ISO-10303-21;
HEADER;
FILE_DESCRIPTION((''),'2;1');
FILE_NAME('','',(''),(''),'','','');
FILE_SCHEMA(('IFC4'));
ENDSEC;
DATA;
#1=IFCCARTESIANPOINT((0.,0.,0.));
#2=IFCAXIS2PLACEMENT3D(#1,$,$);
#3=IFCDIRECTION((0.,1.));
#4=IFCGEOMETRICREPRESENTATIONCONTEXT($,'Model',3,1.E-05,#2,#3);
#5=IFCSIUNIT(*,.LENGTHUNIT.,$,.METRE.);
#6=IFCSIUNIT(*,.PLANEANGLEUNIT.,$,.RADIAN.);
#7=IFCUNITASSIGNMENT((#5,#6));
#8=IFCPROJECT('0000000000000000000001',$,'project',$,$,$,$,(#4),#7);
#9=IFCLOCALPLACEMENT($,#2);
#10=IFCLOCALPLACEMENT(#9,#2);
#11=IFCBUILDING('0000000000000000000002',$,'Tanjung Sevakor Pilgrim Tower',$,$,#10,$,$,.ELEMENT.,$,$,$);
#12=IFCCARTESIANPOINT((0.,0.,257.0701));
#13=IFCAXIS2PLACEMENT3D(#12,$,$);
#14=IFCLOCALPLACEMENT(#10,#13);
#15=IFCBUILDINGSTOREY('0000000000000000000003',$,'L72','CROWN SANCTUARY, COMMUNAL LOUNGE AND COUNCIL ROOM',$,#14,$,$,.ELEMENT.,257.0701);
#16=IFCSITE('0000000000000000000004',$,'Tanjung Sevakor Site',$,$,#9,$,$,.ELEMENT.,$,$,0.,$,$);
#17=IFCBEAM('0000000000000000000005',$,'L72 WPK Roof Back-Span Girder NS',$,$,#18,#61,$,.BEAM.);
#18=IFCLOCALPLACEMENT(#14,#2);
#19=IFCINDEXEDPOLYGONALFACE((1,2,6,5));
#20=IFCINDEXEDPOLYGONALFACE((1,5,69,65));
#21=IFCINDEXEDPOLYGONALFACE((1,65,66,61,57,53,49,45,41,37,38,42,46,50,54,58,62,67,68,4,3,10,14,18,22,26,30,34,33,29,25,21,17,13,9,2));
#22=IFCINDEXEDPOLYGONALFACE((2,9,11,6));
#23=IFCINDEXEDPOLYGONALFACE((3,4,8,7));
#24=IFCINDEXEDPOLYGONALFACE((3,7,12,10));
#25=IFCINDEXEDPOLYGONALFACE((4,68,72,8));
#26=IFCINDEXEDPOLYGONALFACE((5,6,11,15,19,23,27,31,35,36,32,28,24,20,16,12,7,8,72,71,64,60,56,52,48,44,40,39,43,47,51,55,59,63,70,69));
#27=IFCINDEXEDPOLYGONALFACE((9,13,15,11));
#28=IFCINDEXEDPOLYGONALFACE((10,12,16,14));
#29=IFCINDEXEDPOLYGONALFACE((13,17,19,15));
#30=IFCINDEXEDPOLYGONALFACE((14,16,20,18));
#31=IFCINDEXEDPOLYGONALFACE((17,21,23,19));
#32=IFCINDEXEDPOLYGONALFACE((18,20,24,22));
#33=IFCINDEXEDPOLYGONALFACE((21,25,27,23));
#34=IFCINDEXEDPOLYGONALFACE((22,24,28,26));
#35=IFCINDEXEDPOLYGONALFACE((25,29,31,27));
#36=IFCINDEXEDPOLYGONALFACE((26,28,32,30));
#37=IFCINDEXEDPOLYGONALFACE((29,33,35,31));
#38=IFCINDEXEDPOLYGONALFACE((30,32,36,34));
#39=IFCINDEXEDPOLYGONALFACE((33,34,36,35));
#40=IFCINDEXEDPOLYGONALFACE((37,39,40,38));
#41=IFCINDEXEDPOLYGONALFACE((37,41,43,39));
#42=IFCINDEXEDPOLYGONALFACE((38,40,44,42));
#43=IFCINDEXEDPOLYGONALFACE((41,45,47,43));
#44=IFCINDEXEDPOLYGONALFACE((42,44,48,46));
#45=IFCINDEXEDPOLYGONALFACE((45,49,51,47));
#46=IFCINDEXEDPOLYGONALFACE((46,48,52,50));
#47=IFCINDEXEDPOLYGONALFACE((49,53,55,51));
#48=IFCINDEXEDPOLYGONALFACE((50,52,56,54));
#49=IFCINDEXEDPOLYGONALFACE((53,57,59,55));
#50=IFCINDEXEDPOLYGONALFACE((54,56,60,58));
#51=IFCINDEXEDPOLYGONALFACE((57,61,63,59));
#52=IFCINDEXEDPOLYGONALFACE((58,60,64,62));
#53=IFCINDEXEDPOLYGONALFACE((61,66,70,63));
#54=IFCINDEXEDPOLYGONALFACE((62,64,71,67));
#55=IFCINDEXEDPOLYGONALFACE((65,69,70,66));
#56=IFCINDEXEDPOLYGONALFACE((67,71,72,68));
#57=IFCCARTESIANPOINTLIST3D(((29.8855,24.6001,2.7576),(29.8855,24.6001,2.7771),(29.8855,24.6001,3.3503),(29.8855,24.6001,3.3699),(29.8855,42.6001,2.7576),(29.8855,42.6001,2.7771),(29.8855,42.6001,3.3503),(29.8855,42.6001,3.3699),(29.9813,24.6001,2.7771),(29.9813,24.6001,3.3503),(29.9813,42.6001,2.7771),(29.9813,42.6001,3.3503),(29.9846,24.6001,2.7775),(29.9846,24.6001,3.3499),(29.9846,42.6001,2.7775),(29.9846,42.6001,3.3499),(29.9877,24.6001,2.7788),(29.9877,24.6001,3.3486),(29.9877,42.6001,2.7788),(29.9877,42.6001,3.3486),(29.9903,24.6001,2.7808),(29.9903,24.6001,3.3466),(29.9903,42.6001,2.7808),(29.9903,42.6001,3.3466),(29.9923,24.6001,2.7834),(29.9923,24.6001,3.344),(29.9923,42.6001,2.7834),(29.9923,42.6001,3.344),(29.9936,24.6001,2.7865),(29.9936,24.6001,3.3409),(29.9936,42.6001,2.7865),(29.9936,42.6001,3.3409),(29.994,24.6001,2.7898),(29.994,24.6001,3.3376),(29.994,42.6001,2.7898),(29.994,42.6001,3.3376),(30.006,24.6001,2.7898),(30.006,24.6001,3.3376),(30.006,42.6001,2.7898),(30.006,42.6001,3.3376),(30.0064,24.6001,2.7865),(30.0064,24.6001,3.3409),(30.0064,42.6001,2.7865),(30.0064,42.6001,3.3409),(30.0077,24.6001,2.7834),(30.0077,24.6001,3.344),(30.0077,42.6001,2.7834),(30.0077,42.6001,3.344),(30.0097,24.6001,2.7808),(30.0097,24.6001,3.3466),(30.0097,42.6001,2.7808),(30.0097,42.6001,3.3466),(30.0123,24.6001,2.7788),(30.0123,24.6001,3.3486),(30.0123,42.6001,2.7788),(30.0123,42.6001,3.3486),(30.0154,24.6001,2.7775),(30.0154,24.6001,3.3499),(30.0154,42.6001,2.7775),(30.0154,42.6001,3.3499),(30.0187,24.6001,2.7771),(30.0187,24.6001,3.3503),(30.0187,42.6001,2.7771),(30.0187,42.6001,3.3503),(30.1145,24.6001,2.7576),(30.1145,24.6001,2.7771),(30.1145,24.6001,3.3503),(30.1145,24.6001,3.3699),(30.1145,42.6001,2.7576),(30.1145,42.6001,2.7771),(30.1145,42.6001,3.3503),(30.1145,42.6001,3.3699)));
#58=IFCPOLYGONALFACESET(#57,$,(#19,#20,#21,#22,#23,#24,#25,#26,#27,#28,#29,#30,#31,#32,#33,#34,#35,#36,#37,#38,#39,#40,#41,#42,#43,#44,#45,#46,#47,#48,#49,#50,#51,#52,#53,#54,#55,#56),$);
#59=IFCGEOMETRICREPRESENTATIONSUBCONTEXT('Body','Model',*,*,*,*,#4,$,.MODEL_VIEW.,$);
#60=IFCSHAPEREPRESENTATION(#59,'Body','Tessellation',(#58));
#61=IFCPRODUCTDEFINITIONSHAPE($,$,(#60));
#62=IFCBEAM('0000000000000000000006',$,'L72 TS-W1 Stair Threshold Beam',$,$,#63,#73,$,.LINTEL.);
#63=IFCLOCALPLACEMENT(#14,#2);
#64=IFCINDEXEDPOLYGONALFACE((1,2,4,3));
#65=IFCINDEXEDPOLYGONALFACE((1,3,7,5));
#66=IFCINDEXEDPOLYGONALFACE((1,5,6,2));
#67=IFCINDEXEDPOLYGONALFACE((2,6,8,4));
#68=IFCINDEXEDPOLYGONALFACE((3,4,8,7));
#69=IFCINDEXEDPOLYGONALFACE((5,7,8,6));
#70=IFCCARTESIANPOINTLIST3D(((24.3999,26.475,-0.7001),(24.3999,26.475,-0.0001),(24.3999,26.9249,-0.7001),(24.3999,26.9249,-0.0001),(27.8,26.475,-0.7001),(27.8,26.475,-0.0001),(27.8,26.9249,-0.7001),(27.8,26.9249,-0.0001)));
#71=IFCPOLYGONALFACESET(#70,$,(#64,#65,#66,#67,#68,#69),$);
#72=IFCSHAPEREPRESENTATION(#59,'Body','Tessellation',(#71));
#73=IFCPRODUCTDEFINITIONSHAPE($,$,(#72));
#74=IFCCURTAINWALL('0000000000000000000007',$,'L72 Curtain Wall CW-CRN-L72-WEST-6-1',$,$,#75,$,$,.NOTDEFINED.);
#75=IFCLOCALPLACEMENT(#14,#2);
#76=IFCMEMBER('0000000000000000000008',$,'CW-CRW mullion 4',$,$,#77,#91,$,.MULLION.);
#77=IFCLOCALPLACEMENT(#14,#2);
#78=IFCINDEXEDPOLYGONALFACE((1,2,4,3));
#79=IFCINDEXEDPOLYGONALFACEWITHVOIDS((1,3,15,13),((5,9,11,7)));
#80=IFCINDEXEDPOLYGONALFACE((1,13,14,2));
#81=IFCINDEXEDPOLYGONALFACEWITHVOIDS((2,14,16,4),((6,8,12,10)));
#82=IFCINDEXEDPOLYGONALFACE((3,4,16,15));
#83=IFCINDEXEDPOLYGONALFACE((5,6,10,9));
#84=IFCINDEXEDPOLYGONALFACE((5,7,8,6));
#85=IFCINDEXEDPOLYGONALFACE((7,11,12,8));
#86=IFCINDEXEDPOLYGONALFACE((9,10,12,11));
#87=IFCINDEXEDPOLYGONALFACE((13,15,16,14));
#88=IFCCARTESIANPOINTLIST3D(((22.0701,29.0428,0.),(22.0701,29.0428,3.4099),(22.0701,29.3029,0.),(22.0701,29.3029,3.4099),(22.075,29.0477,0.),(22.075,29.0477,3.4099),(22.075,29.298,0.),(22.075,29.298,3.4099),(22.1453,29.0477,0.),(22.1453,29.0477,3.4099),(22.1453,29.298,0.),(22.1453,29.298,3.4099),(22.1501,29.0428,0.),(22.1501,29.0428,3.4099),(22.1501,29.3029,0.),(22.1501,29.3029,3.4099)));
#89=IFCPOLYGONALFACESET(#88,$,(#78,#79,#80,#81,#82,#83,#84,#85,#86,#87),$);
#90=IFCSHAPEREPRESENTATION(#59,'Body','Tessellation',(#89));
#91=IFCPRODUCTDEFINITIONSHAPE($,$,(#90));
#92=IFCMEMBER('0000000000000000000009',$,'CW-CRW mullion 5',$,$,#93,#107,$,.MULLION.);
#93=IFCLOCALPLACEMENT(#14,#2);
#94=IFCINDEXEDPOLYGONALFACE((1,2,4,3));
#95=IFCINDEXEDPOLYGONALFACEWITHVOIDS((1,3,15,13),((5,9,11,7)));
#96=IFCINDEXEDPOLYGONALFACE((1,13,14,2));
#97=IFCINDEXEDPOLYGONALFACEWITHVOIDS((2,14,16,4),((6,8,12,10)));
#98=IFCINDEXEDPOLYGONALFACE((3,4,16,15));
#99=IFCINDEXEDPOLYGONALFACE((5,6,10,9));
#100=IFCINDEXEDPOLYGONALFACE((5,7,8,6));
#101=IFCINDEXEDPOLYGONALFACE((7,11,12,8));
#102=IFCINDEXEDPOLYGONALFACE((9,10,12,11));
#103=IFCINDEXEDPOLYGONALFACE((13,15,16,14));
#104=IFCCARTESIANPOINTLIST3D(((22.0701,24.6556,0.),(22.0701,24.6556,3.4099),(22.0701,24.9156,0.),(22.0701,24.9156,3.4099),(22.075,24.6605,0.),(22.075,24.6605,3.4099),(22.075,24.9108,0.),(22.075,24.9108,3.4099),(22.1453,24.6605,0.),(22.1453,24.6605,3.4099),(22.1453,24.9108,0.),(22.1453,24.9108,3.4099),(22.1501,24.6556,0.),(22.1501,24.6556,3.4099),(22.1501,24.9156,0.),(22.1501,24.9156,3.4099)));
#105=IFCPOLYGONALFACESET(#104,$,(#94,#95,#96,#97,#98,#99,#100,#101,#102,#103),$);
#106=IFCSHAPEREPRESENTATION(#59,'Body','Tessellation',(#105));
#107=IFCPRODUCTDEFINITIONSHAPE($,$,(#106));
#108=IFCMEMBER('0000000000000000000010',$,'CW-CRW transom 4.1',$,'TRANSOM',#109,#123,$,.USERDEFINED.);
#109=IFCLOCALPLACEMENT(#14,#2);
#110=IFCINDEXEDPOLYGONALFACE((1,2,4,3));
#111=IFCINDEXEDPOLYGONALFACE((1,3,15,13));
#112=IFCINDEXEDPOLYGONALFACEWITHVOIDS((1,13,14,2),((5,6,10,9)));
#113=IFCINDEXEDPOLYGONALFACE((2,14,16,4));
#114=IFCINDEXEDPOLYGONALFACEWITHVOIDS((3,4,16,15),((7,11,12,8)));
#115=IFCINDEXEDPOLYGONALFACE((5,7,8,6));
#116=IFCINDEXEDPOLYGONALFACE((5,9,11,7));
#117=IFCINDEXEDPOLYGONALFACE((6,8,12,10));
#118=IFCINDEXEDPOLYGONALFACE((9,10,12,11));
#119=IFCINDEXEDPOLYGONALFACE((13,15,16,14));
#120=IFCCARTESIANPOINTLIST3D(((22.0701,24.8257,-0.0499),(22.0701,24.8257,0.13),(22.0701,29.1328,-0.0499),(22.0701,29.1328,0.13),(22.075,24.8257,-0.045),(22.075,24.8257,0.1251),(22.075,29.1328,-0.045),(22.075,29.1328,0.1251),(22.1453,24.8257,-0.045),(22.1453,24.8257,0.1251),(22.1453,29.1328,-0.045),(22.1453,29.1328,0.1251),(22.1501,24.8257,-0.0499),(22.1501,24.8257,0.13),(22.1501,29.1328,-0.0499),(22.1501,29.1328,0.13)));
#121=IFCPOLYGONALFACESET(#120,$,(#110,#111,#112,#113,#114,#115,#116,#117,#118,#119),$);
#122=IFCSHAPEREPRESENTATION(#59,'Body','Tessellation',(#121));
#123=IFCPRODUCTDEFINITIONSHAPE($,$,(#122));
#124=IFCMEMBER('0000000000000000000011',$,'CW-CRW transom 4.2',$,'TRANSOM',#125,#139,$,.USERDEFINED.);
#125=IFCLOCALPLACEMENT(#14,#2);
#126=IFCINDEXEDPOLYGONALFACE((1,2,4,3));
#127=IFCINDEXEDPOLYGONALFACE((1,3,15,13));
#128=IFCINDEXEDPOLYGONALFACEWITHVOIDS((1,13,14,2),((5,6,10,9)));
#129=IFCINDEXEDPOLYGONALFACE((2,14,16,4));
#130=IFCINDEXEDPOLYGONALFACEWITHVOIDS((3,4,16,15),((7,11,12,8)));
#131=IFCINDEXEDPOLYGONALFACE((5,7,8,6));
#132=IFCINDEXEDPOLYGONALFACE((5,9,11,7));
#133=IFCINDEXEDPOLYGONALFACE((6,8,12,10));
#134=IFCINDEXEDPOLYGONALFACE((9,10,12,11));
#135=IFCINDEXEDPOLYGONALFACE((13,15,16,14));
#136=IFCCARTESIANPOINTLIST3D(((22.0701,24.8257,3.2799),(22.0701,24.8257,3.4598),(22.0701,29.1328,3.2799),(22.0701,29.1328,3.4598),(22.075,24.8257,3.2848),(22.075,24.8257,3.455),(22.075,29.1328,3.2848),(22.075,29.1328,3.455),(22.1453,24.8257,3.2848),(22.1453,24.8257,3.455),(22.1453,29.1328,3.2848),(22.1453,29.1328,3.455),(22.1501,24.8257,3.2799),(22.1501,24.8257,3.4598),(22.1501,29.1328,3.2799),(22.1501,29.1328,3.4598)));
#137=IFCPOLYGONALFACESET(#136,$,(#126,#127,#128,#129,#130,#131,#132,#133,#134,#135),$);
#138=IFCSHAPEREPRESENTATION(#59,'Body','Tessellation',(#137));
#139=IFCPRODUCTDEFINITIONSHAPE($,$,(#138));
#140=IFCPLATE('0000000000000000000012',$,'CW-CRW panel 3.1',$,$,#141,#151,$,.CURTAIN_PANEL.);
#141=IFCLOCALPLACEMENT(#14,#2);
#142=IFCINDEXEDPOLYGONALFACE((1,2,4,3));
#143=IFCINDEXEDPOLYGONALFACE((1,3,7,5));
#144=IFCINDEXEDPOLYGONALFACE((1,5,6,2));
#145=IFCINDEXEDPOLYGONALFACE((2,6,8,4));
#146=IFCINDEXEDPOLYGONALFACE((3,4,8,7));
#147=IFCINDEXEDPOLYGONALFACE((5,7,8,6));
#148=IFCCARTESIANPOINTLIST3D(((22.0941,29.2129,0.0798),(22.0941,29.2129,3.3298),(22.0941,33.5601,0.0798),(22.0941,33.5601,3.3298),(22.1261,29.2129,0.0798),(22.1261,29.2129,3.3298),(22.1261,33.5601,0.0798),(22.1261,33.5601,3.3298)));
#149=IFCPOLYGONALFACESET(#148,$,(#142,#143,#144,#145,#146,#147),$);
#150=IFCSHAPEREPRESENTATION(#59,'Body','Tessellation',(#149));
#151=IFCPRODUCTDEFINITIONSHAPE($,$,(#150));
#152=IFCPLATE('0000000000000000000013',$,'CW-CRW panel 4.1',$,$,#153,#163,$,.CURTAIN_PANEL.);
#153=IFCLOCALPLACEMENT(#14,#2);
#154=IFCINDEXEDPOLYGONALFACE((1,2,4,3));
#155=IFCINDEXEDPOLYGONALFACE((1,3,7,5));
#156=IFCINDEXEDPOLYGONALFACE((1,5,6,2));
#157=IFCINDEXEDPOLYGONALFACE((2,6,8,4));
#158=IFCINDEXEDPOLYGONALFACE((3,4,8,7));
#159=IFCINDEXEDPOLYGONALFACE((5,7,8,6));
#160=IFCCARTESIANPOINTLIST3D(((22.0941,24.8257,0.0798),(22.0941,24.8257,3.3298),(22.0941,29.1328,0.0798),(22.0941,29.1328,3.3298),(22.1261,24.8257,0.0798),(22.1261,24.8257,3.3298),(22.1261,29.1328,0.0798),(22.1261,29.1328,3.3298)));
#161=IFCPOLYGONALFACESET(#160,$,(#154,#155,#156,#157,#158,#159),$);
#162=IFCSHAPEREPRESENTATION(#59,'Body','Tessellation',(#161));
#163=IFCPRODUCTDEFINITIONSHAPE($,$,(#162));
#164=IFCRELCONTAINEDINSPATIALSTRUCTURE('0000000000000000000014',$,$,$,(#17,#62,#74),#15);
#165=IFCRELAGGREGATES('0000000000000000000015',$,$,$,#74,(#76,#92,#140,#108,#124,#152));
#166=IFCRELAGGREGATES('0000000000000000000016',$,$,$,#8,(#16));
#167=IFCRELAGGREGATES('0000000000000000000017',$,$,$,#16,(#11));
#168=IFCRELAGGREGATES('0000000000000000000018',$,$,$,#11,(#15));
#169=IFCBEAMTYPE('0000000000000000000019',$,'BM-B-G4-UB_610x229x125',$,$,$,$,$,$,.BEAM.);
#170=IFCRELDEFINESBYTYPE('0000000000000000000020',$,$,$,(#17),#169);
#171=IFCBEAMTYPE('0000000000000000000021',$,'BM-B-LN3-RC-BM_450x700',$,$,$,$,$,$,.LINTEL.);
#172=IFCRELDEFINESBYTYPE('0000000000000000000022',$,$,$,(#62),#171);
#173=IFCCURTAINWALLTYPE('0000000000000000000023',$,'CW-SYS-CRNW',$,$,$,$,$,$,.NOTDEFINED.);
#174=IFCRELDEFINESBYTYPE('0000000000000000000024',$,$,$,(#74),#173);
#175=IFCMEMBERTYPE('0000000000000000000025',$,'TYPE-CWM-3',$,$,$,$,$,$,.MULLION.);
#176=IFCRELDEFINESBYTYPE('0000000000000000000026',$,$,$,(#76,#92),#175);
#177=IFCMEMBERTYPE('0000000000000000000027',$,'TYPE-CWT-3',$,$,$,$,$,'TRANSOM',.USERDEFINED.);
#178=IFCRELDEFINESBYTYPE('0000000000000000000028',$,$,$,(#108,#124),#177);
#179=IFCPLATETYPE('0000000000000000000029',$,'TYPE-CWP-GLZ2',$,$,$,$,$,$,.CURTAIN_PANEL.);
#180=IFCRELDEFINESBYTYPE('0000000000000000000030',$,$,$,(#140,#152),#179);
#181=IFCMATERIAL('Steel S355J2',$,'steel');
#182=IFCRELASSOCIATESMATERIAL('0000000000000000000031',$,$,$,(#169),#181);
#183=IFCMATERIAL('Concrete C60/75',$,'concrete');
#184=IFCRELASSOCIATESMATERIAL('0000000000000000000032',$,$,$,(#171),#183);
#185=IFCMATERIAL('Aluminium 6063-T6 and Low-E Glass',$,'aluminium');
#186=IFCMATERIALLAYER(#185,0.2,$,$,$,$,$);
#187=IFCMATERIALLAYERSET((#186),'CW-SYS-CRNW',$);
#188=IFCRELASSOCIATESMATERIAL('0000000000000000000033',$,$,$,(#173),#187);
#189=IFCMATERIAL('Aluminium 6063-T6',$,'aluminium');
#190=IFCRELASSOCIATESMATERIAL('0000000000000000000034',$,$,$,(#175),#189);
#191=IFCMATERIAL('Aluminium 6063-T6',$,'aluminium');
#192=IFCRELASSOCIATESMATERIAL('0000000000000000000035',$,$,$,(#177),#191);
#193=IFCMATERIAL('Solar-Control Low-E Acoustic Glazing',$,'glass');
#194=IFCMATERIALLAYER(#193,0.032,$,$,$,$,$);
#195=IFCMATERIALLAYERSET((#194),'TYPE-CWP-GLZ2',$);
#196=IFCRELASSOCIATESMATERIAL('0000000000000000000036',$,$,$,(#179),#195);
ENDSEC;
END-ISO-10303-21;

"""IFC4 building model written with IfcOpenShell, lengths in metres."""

from ifc_helpers import new_model, si_unit, direction, frame, origin, origin_2d, place, context, subcontext, project, spatial, rectangle, hollow_rectangle, i_section, extrude, material, layer, layer_set, material_profile, profile_set, type_object, element, aggregate, save


model = new_model("IFC4")

# Units and contexts
model_context = context("Model", 3, precision=1e-05, world=origin(), true_north=direction((0.0, 1.0)))
body_context = subcontext(model_context, "Body", "Model", "MODEL_VIEW")
ifc_project = project(units=[si_unit("LENGTHUNIT", "METRE"), si_unit("PLANEANGLEUNIT", "RADIAN")], contexts=[model_context])

# Site, building, storey
site_placement = place(None, origin())
site = spatial("IfcSite", under=ifc_project, at=site_placement, Name="Tanjung Sevakor Site", CompositionType="ELEMENT", RefElevation=0.0)
building_placement = place(site_placement, origin())
building = spatial("IfcBuilding", under=site, at=building_placement, Name="Tanjung Sevakor Pilgrim Tower", CompositionType="ELEMENT")
storey_placement = place(building_placement, frame((0.0, 0.0, 257.0701)))
storey = spatial("IfcBuildingStorey", under=building, at=storey_placement, Name="L72", Description="CROWN SANCTUARY, COMMUNAL LOUNGE AND COUNCIL ROOM", CompositionType="ELEMENT", Elevation=257.0701)

# Beams
ifc_material_1 = material(Name="Steel S355J2", Category="steel")
ifc_material_profile_1 = material_profile(ifc_material_1, i_section(OverallWidth=0.229, OverallDepth=0.6123, WebThickness=0.012, FlangeThickness=0.0195, FilletRadius=0.0127, at=origin_2d()))
ifc_profile_set_1 = profile_set([ifc_material_profile_1], Name="Steel S355J2")
beam_type_1 = type_object("IfcBeamType", Name="BM-B-G4-UB_610x229x125", PredefinedType="BEAM", material=ifc_profile_set_1)
beam_1_placement = place(storey_placement, frame((30.0, 24.6001, 3.0637), z_axis=(0.0, 1.0, 0.0), x_axis=(-1.0, 0.0, 0.0)))
element("IfcBeam", 1, at=beam_1_placement, inside=storey, type_object=beam_type_1, Name="L72 WPK Roof Back-Span Girder NS", PredefinedType="BEAM", context=body_context, shape_type="SweptSolid", body=[
    extrude(i_section(OverallWidth=0.229, OverallDepth=0.6123, WebThickness=0.012, FlangeThickness=0.0195, FilletRadius=0.0127, at=origin_2d()), origin(), (0.0, 0.0, 1.0), 18.0),
])
ifc_material_2 = material(Name="Concrete C60/75", Category="concrete")
ifc_material_profile_2 = material_profile(ifc_material_2, rectangle(XDim=0.45, YDim=0.7, at=origin_2d()))
ifc_profile_set_2 = profile_set([ifc_material_profile_2], Name="Concrete C60/75")
beam_type_2 = type_object("IfcBeamType", Name="BM-B-LN3-RC-BM_450x700", PredefinedType="LINTEL", material=ifc_profile_set_2)
beam_2_placement = place(storey_placement, frame((24.3999, 26.7, -0.3501), z_axis=(1.0, 0.0, 0.0), x_axis=(0.0, 1.0, 0.0)))
element("IfcBeam", 2, at=beam_2_placement, inside=storey, type_object=beam_type_2, Name="L72 TS-W1 Stair Threshold Beam", PredefinedType="LINTEL", context=body_context, shape_type="SweptSolid", body=[
    extrude(rectangle(XDim=0.45, YDim=0.7, at=origin_2d()), origin(), (0.0, 0.0, 1.0), 3.4001),
])

# Curtain wall, members, plates
ifc_material_3 = material(Name="Aluminium 6063-T6 and Low-E Glass", Category="aluminium")
ifc_layer_1 = layer(ifc_material_3, 0.2)
ifc_layer_set_1 = layer_set([ifc_layer_1], Name="CW-SYS-CRNW")
curtain_wall_type = type_object("IfcCurtainWallType", Name="CW-SYS-CRNW", PredefinedType="NOTDEFINED", material=ifc_layer_set_1)
curtain_wall_placement = place(storey_placement, origin())
curtain_wall = element("IfcCurtainWall", 3, at=curtain_wall_placement, inside=storey, type_object=curtain_wall_type, Name="L72 Curtain Wall CW-CRN-L72-WEST-6-1", PredefinedType="NOTDEFINED")
ifc_material_4 = material(Name="Aluminium 6063-T6", Category="aluminium")
ifc_material_profile_3 = material_profile(ifc_material_4, hollow_rectangle(XDim=0.0801, YDim=0.26, WallThickness=0.0049, at=origin_2d()))
ifc_profile_set_3 = profile_set([ifc_material_profile_3], Name="Aluminium 6063-T6")
member_type_1 = type_object("IfcMemberType", Name="TYPE-CWM-3", PredefinedType="MULLION", material=ifc_profile_set_3)
member_1_placement = place(storey_placement, frame((22.1101, 29.1729, 0.0), z_axis=(0.0, 0.0, 1.0), x_axis=(1.0, 0.0, 0.0)))
member_1 = element("IfcMember", 4, at=member_1_placement, type_object=member_type_1, Name="CW-CRW mullion 4", PredefinedType="MULLION", context=body_context, shape_type="SweptSolid", body=[
    extrude(hollow_rectangle(XDim=0.0801, YDim=0.26, WallThickness=0.0049, at=origin_2d()), origin(), (0.0, 0.0, 1.0), 3.4099),
])
member_2_placement = place(storey_placement, frame((22.1101, 24.7856, 0.0), z_axis=(0.0, 0.0, 1.0), x_axis=(1.0, 0.0, 0.0)))
member_2 = element("IfcMember", 5, at=member_2_placement, type_object=member_type_1, Name="CW-CRW mullion 5", PredefinedType="MULLION", context=body_context, shape_type="SweptSolid", body=[
    extrude(hollow_rectangle(XDim=0.0801, YDim=0.26, WallThickness=0.0049, at=origin_2d()), origin(), (0.0, 0.0, 1.0), 3.4099),
])
ifc_material_5 = material(Name="Aluminium 6063-T6", Category="aluminium")
ifc_material_profile_4 = material_profile(ifc_material_5, hollow_rectangle(XDim=0.0801, YDim=0.1799, WallThickness=0.0049, at=origin_2d()))
ifc_profile_set_4 = profile_set([ifc_material_profile_4], Name="Aluminium 6063-T6")
member_type_2 = type_object("IfcMemberType", Name="TYPE-CWT-3", ElementType="TRANSOM", PredefinedType="USERDEFINED", material=ifc_profile_set_4)
member_3_placement = place(storey_placement, frame((22.1101, 29.1328, 0.04), z_axis=(0.0, -1.0, 0.0), x_axis=(1.0, 0.0, 0.0)))
member_3 = element("IfcMember", 6, at=member_3_placement, type_object=member_type_2, Name="CW-CRW transom 4.1", ObjectType="TRANSOM", PredefinedType="USERDEFINED", context=body_context, shape_type="SweptSolid", body=[
    extrude(hollow_rectangle(XDim=0.0801, YDim=0.1799, WallThickness=0.0049, at=origin_2d()), origin(), (0.0, 0.0, 1.0), 4.3071),
])
member_4_placement = place(storey_placement, frame((22.1101, 29.1328, 3.3699), z_axis=(0.0, -1.0, 0.0), x_axis=(1.0, 0.0, 0.0)))
member_4 = element("IfcMember", 7, at=member_4_placement, type_object=member_type_2, Name="CW-CRW transom 4.2", ObjectType="TRANSOM", PredefinedType="USERDEFINED", context=body_context, shape_type="SweptSolid", body=[
    extrude(hollow_rectangle(XDim=0.0801, YDim=0.1799, WallThickness=0.0049, at=origin_2d()), origin(), (0.0, 0.0, 1.0), 4.3071),
])
ifc_material_6 = material(Name="Solar-Control Low-E Acoustic Glazing", Category="glass")
ifc_layer_2 = layer(ifc_material_6, 0.032)
ifc_layer_set_2 = layer_set([ifc_layer_2], Name="TYPE-CWP-GLZ2")
plate_type = type_object("IfcPlateType", Name="TYPE-CWP-GLZ2", PredefinedType="CURTAIN_PANEL", material=ifc_layer_set_2)
plate_1_placement = place(storey_placement, frame((22.1101, 31.3865, 0.0798), z_axis=(0.0, 0.0, 1.0), x_axis=(0.0, -1.0, 0.0)))
plate_1 = element("IfcPlate", 8, at=plate_1_placement, type_object=plate_type, Name="CW-CRW panel 3.1", PredefinedType="CURTAIN_PANEL", context=body_context, shape_type="SweptSolid", body=[
    extrude(rectangle(XDim=4.3472, YDim=0.032, at=origin_2d()), origin(), (0.0, 0.0, 1.0), 3.25),
])
plate_2_placement = place(storey_placement, frame((22.1101, 26.9792, 0.0798), z_axis=(0.0, 0.0, 1.0), x_axis=(0.0, -1.0, 0.0)))
plate_2 = element("IfcPlate", 9, at=plate_2_placement, type_object=plate_type, Name="CW-CRW panel 4.1", PredefinedType="CURTAIN_PANEL", context=body_context, shape_type="SweptSolid", body=[
    extrude(rectangle(XDim=4.3071, YDim=0.032, at=origin_2d()), origin(), (0.0, 0.0, 1.0), 3.25),
])
aggregate(curtain_wall, [member_1, member_2, plate_1, member_3, member_4, plate_2])

save(model, "model.ifc")
